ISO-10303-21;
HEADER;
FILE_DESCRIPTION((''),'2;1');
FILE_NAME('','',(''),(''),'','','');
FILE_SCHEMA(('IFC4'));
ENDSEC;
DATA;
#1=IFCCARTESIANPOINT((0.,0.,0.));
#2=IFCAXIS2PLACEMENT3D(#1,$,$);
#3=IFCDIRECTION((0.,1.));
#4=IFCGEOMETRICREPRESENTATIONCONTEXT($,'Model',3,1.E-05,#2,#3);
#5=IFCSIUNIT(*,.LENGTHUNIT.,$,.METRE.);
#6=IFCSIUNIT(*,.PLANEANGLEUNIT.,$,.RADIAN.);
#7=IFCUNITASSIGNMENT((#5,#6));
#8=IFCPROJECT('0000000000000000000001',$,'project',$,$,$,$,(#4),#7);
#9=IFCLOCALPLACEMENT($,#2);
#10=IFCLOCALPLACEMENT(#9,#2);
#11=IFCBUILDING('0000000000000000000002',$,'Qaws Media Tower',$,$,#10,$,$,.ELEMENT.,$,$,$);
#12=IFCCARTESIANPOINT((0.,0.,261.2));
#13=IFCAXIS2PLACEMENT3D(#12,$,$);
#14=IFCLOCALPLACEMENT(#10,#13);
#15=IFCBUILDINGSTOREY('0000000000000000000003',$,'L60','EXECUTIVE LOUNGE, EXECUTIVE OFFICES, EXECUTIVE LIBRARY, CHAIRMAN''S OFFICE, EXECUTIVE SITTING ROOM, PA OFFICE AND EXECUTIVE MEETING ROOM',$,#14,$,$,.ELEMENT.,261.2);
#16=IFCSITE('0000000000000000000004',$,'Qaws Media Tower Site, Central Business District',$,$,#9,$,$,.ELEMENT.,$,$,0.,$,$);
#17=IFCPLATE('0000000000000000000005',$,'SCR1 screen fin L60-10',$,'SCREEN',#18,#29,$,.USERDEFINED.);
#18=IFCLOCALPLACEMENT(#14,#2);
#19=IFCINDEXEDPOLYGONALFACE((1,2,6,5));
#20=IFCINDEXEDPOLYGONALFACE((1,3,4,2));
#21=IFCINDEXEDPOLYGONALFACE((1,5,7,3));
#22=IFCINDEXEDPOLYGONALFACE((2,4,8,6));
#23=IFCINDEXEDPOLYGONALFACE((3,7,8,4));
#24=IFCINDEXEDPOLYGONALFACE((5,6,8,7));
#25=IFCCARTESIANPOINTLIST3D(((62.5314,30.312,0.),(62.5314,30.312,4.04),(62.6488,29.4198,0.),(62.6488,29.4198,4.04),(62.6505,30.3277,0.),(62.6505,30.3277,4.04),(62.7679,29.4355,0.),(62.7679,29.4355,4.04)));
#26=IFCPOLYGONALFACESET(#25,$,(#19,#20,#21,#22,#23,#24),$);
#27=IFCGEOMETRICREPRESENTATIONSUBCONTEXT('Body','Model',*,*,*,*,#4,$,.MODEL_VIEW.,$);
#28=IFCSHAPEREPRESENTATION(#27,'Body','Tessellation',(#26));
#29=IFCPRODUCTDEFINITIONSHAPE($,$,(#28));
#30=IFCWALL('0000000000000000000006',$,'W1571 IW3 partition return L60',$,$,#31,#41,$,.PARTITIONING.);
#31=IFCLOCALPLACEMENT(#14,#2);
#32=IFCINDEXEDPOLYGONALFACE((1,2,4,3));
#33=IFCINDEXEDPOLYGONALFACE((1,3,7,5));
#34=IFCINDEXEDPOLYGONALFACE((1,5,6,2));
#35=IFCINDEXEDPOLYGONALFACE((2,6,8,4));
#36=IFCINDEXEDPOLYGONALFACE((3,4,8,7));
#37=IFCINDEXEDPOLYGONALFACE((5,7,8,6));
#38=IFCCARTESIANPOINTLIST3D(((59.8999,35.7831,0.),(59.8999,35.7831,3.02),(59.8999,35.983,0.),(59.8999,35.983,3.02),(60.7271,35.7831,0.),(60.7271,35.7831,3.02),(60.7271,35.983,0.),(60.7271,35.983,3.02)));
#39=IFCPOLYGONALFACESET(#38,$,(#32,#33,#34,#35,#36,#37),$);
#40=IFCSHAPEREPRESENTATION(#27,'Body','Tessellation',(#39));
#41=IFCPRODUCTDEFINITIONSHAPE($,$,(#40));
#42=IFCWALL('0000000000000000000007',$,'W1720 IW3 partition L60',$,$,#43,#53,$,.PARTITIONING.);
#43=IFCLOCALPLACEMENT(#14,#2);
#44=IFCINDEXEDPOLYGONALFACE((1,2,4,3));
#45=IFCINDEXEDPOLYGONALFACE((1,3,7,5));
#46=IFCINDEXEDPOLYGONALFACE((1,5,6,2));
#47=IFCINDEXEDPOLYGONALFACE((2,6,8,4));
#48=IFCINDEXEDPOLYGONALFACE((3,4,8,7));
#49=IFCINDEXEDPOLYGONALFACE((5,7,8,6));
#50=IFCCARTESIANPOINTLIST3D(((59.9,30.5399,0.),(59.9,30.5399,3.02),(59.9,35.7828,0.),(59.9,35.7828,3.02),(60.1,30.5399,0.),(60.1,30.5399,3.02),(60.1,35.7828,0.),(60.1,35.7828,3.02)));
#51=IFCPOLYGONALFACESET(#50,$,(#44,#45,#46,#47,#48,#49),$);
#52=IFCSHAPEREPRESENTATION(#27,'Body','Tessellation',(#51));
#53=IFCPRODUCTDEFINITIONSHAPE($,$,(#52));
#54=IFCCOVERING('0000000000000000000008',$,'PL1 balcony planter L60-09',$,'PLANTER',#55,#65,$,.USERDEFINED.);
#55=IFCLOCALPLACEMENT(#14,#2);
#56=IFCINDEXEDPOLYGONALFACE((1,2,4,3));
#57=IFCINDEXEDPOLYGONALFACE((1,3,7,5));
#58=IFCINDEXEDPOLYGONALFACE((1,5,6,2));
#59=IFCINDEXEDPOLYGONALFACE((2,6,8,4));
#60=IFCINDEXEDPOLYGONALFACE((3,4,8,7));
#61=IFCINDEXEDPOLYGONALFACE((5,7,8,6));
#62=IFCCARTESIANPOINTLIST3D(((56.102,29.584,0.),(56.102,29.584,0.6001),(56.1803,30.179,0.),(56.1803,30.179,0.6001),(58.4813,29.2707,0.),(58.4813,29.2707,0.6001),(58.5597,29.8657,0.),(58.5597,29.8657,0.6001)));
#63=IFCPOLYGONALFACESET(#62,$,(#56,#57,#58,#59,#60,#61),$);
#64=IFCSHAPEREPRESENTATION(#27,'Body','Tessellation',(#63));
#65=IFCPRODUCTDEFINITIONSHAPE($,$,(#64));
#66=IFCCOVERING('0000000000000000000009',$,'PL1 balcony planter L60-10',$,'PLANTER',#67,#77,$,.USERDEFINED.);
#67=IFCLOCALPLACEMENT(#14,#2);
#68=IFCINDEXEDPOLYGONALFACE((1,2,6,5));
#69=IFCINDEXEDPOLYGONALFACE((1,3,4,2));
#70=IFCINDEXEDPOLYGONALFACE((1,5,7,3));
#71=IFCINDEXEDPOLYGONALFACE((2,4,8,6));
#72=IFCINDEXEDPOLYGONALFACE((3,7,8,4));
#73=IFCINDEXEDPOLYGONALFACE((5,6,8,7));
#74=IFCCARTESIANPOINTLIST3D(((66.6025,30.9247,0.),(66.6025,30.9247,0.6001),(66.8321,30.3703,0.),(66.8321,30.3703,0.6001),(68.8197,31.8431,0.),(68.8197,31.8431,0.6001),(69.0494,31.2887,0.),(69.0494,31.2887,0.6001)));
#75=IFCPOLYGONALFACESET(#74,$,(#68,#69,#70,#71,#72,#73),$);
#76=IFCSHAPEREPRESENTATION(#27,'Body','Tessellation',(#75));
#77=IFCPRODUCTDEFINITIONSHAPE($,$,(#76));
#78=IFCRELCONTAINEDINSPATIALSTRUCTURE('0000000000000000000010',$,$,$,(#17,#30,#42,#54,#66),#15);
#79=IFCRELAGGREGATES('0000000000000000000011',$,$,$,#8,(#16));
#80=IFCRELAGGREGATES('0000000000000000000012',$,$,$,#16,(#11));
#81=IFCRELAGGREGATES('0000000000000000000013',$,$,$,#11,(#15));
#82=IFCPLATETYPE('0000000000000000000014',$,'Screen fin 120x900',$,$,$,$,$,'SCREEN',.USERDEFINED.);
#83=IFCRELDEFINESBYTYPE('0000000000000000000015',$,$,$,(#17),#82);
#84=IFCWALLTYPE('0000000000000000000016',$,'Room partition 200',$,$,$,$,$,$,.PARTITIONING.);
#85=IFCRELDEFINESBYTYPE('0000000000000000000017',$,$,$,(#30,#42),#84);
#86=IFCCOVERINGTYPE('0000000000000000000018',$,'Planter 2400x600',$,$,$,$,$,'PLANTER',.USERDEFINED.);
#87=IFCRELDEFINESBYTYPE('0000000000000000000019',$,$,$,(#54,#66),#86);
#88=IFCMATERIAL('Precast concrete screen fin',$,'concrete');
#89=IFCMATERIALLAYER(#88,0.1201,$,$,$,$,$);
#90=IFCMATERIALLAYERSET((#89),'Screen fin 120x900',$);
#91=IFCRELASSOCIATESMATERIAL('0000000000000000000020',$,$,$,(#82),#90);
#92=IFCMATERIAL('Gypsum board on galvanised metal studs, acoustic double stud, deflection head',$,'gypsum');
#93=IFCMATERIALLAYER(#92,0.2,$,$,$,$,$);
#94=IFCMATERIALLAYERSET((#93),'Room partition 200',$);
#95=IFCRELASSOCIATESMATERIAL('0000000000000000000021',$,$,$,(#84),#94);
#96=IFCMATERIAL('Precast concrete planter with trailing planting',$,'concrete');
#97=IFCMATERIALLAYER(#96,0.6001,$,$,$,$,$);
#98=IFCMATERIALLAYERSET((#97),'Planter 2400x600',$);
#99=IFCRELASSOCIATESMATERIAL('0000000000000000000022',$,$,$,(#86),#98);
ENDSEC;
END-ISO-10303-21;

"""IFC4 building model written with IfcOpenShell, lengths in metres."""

from ifc_helpers import new_model, si_unit, direction, frame, frame_2d, origin, origin_2d, place, context, subcontext, project, spatial, rectangle, extrude, material, layer, layer_set, type_object, element, save


model = new_model("IFC4")

# Units and contexts
model_context = context("Model", 3, precision=1e-05, world=origin(), true_north=direction((0.0, 1.0)))
body_context = subcontext(model_context, "Body", "Model", "MODEL_VIEW")
ifc_project = project(units=[si_unit("LENGTHUNIT", "METRE"), si_unit("PLANEANGLEUNIT", "RADIAN")], contexts=[model_context])

# Site, building, storey
site_placement = place(None, origin())
site = spatial("IfcSite", under=ifc_project, at=site_placement, Name="Qaws Media Tower Site, Central Business District", CompositionType="ELEMENT", RefElevation=0.0)
building_placement = place(site_placement, origin())
building = spatial("IfcBuilding", under=site, at=building_placement, Name="Qaws Media Tower", CompositionType="ELEMENT")
storey_placement = place(building_placement, frame((0.0, 0.0, 261.2)))
storey = spatial("IfcBuildingStorey", under=building, at=storey_placement, Name="L60", Description="EXECUTIVE LOUNGE, EXECUTIVE OFFICES, EXECUTIVE LIBRARY, CHAIRMAN'S OFFICE, EXECUTIVE SITTING ROOM, PA OFFICE AND EXECUTIVE MEETING ROOM", CompositionType="ELEMENT", Elevation=261.2)

# Plate
ifc_material_1 = material(Name="Precast concrete screen fin", Category="concrete")
ifc_layer_1 = layer(ifc_material_1, 0.1201)
ifc_layer_set_1 = layer_set([ifc_layer_1], Name="Screen fin 120x900")
plate_type_1 = type_object("IfcPlateType", Name="Screen fin 120x900", ElementType="SCREEN", PredefinedType="USERDEFINED", material=ifc_layer_set_1)
plate_1_placement = place(storey_placement, frame((62.6497, 29.8738, 0.0), z_axis=(0.0, 0.0, 1.0), x_axis=(0.130526, -0.991445, 0.0)))
element("IfcPlate", 1, at=plate_1_placement, inside=storey, type_object=plate_type_1, Name="SCR1 screen fin L60-10", ObjectType="SCREEN", PredefinedType="USERDEFINED", context=body_context, shape_type="SweptSolid", body=[
    extrude(rectangle(XDim=0.8999, YDim=0.1201, at=origin_2d()), origin(), (0.0, 0.0, 1.0), 4.04),
])

# Walls
ifc_material_2 = material(Name="Gypsum board on galvanised metal studs, acoustic double stud, deflection head", Category="gypsum")
ifc_layer_2 = layer(ifc_material_2, 0.2)
ifc_layer_set_2 = layer_set([ifc_layer_2], Name="Room partition 200")
wall_type_1 = type_object("IfcWallType", Name="Room partition 200", PredefinedType="PARTITIONING", material=ifc_layer_set_2)
wall_1_placement = place(storey_placement, frame((59.8999, 35.8831, 0.0), z_axis=(0.0, 0.0, 1.0), x_axis=(1.0, 0.0, 0.0)))
element("IfcWall", 2, at=wall_1_placement, inside=storey, type_object=wall_type_1, Name="W1571 IW3 partition return L60", PredefinedType="PARTITIONING", context=body_context, shape_type="SweptSolid", body=[
    extrude(rectangle(XDim=0.8271, YDim=0.2, at=frame_2d((0.4136, 0.0))), origin(), (0.0, 0.0, 1.0), 3.02),
])
wall_2_placement = place(storey_placement, frame((60.0, 35.783, 0.0), z_axis=(0.0, 0.0, 1.0), x_axis=(0.0, -1.0, 0.0)))
element("IfcWall", 3, at=wall_2_placement, inside=storey, type_object=wall_type_1, Name="W1720 IW3 partition L60", PredefinedType="PARTITIONING", context=body_context, shape_type="SweptSolid", body=[
    extrude(rectangle(XDim=5.2429, YDim=0.2, at=frame_2d((2.6216, 0.0))), origin(), (0.0, 0.0, 1.0), 3.02),
])

# Coverings
ifc_material_3 = material(Name="Precast concrete planter with trailing planting", Category="concrete")
ifc_layer_3 = layer(ifc_material_3, 0.6001)
ifc_layer_set_3 = layer_set([ifc_layer_3], Name="Planter 2400x600")
covering_type = type_object("IfcCoveringType", Name="Planter 2400x600", ElementType="PLANTER", PredefinedType="USERDEFINED", material=ifc_layer_set_3)
for number, where, z_axis, x_axis, name in (
    (4, (57.3308, 29.7249, 0.0), (0.0, 0.0, 1.0), (0.991445, -0.130526, 0.0), "PL1 balcony planter L60-09"),
    (5, (67.8259, 31.1067, 0.0), (0.0, 0.0, 1.0), (0.92388, 0.382683, 0.0), "PL1 balcony planter L60-10"),
):
    element("IfcCovering", number, at=place(storey_placement, frame(where, z_axis=z_axis, x_axis=x_axis)), inside=storey, type_object=covering_type, Name=name, ObjectType="PLANTER", PredefinedType="USERDEFINED", context=body_context, shape_type="SweptSolid", body=[
        extrude(rectangle(XDim=2.3999, YDim=0.6001, at=origin_2d()), origin(), (0.0, 0.0, 1.0), 0.6001),
    ])

save(model, "model.ifc")
